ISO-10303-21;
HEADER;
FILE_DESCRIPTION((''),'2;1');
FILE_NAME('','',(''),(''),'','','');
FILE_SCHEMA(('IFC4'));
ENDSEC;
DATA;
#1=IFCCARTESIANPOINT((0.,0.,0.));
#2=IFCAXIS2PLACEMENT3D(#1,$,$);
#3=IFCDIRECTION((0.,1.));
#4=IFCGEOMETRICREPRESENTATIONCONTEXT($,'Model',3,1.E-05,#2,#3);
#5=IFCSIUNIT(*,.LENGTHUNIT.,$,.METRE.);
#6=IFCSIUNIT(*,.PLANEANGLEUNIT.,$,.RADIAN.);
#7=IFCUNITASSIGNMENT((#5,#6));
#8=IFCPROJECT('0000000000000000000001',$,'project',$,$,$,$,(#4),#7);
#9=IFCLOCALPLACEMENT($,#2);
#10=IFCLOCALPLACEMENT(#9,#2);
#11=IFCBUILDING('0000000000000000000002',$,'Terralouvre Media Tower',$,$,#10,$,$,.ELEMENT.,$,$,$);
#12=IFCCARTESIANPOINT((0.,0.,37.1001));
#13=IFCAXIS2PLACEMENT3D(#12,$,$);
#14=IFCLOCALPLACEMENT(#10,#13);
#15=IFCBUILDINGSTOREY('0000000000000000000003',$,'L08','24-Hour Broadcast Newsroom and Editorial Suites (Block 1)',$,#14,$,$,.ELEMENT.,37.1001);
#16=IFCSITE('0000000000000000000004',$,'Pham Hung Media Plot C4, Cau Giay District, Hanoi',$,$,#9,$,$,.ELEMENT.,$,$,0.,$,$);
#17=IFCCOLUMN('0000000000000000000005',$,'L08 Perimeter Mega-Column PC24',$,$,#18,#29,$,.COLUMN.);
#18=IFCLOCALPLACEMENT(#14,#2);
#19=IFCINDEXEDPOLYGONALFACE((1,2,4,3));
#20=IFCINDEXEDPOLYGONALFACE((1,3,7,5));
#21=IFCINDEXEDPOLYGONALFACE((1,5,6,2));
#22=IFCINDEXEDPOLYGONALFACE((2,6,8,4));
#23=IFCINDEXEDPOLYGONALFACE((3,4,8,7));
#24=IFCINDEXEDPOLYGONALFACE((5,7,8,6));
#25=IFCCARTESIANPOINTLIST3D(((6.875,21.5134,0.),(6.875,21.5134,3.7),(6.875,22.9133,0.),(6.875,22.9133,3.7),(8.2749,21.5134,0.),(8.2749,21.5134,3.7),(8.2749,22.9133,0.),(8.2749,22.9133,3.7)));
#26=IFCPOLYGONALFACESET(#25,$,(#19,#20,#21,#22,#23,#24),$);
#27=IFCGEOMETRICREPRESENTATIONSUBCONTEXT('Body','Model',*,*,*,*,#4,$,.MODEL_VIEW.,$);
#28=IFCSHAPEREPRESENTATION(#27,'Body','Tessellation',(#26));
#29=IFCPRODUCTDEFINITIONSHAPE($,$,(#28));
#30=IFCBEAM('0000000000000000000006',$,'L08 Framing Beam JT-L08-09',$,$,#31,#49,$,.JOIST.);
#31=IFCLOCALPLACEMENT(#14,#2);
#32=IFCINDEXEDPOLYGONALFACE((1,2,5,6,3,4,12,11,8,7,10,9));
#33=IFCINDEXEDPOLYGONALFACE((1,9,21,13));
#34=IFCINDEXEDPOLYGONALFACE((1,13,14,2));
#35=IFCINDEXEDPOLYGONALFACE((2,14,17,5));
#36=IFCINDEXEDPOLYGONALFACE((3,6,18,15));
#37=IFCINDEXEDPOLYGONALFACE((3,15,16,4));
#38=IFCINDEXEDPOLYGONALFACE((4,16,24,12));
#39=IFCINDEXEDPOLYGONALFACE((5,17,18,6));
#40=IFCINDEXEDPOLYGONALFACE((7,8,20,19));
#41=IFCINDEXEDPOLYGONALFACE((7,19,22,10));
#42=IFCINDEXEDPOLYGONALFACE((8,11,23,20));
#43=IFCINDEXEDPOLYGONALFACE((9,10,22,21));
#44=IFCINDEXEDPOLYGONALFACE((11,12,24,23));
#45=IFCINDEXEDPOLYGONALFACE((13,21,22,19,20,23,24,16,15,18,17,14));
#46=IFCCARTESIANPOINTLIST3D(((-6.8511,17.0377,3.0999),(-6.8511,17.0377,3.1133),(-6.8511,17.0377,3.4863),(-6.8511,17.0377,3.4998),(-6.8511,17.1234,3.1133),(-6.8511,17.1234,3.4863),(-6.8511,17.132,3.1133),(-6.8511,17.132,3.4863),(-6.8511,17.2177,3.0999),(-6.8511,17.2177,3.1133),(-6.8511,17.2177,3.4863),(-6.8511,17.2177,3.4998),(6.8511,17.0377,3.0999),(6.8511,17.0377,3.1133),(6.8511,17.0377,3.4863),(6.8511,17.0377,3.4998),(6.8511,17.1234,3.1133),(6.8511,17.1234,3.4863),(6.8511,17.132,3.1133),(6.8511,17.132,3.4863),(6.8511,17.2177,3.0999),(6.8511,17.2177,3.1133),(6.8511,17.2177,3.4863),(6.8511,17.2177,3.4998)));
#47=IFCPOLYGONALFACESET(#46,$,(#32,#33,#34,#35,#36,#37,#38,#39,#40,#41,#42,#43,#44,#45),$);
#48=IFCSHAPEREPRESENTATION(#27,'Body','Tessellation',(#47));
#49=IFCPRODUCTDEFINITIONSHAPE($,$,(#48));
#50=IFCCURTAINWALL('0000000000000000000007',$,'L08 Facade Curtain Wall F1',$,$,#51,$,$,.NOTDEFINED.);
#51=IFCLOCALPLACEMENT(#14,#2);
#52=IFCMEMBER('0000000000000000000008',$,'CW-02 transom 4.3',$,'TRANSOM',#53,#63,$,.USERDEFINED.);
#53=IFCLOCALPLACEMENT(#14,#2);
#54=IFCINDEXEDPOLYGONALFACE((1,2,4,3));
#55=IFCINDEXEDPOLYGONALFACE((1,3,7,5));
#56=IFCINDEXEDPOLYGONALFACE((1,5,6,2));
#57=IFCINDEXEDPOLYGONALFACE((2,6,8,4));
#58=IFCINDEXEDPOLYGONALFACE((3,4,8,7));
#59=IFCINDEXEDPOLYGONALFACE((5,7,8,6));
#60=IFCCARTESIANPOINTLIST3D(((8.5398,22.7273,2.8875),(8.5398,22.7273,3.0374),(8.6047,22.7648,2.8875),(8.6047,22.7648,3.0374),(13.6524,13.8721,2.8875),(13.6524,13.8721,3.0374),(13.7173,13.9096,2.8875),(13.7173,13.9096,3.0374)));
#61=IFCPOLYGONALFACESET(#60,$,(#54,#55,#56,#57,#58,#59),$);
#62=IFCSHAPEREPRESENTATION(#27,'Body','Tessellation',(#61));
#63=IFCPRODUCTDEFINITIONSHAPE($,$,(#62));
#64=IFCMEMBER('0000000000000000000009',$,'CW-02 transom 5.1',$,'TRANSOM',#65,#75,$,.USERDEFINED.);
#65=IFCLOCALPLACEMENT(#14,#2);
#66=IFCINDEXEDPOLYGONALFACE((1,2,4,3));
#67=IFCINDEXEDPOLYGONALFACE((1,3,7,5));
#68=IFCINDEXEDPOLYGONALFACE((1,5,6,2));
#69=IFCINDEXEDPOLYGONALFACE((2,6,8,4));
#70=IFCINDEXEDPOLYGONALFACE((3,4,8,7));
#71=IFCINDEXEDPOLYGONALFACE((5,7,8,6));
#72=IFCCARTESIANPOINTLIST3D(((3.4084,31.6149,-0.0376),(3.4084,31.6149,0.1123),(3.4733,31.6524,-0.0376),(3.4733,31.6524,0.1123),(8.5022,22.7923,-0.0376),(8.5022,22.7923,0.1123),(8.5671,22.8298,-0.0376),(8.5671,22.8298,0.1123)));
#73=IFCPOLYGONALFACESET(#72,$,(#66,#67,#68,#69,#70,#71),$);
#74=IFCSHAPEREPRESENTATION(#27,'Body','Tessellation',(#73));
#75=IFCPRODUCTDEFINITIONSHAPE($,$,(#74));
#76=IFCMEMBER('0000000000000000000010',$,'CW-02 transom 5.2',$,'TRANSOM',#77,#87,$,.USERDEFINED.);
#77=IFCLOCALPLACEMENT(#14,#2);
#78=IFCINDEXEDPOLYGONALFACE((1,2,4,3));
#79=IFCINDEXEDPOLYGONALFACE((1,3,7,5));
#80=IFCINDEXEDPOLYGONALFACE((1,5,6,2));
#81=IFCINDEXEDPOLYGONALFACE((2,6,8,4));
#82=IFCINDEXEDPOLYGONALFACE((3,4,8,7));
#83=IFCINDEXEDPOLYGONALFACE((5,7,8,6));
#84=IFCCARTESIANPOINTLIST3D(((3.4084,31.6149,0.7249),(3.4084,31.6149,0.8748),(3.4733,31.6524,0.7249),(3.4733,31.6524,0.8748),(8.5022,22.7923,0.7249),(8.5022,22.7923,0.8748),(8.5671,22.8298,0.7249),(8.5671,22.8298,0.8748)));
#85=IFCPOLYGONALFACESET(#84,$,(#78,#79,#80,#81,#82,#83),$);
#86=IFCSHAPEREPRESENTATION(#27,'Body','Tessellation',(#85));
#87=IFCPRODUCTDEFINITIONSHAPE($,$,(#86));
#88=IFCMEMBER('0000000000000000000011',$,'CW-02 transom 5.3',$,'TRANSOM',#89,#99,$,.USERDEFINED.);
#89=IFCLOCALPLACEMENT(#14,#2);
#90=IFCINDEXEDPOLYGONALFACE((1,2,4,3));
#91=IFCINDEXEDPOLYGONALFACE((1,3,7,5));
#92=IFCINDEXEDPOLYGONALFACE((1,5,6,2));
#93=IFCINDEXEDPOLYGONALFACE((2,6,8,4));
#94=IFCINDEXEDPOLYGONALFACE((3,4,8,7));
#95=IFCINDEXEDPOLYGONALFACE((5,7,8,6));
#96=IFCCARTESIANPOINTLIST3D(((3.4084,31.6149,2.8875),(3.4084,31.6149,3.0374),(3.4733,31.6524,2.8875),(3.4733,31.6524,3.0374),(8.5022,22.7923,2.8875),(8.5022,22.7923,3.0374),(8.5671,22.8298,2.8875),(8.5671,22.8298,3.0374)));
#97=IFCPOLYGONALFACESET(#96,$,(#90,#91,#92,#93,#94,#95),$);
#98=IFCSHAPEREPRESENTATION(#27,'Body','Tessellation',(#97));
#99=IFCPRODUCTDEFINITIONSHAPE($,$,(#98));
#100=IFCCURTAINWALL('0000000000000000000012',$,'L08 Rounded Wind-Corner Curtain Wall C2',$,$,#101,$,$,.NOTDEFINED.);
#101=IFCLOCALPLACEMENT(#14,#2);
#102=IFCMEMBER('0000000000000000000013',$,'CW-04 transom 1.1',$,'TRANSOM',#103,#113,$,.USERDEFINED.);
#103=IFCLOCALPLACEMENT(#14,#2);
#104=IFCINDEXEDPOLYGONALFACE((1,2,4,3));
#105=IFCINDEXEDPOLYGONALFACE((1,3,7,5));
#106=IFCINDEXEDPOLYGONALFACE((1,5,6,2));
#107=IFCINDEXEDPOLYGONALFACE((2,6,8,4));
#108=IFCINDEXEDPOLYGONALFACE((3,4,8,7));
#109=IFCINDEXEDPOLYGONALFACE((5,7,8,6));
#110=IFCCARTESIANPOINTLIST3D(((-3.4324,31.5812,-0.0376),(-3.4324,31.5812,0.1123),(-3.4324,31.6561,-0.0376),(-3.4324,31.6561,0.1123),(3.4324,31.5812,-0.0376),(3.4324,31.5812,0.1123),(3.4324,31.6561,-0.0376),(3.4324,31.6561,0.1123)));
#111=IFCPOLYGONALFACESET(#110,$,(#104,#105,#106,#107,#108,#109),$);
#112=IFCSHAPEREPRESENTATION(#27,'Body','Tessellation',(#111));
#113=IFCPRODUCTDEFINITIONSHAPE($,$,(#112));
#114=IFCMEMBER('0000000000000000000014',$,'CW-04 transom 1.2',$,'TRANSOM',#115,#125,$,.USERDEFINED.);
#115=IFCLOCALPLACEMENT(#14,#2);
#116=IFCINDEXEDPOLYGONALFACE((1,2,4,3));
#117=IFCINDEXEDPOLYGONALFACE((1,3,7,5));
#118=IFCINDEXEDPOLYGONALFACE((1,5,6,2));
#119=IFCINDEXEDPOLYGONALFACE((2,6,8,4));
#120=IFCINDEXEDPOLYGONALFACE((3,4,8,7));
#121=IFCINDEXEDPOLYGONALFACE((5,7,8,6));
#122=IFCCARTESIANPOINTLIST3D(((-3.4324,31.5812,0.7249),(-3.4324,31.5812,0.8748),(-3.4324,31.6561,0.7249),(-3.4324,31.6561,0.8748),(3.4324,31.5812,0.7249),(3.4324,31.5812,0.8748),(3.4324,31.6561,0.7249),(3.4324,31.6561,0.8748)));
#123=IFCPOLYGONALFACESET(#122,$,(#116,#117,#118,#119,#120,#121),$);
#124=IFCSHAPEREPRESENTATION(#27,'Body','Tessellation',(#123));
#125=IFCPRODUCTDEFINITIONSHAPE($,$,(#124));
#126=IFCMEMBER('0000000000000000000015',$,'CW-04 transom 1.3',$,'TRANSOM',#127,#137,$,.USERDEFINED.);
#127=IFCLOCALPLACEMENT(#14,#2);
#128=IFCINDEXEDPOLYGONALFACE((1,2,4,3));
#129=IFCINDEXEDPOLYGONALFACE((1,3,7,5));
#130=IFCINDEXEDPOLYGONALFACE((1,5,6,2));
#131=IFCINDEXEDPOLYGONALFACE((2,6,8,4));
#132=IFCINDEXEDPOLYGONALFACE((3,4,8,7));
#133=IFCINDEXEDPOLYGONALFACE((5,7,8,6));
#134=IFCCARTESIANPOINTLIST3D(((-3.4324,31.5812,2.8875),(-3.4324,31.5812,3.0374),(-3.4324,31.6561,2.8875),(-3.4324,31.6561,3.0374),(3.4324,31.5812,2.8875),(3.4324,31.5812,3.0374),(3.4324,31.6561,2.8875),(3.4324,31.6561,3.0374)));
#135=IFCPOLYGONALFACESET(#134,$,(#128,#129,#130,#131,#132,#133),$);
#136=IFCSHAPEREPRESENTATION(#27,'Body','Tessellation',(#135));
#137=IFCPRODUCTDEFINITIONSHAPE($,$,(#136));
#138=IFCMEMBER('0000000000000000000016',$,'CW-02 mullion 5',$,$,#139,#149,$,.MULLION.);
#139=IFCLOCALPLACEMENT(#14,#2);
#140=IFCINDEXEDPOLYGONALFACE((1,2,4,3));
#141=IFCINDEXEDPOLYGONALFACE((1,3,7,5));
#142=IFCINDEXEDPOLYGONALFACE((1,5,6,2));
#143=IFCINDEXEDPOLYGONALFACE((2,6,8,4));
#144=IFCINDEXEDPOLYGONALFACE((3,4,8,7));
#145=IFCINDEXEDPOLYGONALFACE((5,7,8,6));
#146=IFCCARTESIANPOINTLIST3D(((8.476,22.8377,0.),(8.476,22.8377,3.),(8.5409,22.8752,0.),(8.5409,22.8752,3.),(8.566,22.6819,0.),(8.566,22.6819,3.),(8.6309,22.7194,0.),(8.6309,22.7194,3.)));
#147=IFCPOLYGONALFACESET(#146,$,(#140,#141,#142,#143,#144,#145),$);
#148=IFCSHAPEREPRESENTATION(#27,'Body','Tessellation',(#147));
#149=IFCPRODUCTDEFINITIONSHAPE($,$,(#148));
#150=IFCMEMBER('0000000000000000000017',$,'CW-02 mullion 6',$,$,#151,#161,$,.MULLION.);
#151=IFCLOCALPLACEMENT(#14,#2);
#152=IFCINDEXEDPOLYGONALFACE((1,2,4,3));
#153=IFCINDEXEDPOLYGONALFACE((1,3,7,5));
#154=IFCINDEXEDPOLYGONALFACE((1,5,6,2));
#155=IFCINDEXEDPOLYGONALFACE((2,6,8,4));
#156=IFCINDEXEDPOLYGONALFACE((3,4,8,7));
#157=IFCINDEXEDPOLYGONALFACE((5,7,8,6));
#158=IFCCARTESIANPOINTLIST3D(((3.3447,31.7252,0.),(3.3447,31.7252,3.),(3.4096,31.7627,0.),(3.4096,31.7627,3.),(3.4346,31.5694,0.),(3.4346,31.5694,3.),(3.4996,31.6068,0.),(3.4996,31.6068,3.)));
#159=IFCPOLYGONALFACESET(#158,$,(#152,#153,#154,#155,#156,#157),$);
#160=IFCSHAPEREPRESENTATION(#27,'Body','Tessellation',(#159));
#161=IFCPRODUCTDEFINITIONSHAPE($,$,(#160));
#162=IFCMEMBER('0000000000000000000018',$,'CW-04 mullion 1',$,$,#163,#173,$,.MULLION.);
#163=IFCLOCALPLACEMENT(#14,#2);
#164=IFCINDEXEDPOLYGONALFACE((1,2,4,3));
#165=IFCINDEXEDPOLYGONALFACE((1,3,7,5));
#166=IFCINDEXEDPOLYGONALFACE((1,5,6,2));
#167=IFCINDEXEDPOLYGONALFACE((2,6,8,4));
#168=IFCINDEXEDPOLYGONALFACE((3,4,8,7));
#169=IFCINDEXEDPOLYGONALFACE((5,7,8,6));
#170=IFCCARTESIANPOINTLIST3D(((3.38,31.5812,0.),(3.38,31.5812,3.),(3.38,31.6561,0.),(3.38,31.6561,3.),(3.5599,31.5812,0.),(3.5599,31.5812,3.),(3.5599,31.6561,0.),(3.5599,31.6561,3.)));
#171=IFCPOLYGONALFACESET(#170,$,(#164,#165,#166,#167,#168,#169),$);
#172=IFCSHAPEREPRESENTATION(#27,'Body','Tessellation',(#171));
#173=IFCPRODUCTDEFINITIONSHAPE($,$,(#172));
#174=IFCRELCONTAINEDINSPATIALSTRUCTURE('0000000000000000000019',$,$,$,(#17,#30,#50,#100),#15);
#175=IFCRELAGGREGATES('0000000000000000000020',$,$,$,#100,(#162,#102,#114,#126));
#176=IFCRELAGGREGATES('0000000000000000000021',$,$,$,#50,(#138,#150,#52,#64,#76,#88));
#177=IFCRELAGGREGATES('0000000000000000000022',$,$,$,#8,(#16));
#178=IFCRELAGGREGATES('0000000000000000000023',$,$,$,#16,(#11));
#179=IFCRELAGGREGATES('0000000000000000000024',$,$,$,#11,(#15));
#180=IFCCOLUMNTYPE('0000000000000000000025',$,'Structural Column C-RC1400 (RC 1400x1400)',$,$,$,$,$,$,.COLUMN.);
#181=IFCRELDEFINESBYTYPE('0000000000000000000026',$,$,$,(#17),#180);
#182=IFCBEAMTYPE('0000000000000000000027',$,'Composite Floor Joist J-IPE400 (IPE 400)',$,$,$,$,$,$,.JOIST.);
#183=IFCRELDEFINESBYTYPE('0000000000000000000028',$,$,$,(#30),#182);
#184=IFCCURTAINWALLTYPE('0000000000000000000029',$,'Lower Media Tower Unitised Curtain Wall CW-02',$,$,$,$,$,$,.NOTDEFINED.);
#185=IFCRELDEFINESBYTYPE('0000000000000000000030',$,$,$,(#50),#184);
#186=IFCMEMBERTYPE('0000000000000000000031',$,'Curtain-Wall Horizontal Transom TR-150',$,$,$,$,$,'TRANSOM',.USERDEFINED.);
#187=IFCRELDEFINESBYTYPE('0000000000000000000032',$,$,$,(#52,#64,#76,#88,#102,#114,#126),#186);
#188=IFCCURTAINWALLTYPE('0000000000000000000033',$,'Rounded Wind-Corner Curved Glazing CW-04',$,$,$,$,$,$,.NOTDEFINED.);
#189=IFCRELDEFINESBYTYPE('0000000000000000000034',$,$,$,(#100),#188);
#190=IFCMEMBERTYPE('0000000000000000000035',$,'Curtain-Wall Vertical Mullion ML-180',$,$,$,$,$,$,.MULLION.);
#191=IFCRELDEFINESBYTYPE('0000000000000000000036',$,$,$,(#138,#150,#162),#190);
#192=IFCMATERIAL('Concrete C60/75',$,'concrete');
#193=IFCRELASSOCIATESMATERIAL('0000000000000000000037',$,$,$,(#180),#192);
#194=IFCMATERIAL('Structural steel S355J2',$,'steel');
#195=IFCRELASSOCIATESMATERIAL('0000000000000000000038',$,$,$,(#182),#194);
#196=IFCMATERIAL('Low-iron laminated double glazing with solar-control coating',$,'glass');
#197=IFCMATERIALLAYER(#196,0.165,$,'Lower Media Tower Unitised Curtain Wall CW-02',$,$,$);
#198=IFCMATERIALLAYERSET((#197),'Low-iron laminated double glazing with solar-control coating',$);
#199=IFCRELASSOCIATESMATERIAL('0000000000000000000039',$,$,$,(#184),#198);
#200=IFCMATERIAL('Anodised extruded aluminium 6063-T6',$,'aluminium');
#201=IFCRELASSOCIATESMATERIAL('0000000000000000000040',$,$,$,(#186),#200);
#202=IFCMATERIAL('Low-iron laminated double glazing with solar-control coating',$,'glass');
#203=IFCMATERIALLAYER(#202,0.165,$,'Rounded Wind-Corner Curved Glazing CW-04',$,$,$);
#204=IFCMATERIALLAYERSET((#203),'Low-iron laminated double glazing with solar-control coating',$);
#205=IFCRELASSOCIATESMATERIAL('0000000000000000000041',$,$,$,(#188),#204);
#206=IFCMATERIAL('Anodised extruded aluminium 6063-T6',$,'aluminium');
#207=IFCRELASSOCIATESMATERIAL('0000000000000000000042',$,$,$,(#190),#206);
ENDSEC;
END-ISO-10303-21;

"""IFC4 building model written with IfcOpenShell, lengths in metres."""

from ifc_helpers import new_model, si_unit, direction, frame, origin, origin_2d, place, context, subcontext, project, spatial, rectangle, i_section, extrude, material, layer, layer_set, material_profile, profile_set, type_object, element, aggregate, save


model = new_model("IFC4")

# Units and contexts
model_context = context("Model", 3, precision=1e-05, world=origin(), true_north=direction((0.0, 1.0)))
body_context = subcontext(model_context, "Body", "Model", "MODEL_VIEW")
ifc_project = project(units=[si_unit("LENGTHUNIT", "METRE"), si_unit("PLANEANGLEUNIT", "RADIAN")], contexts=[model_context])

# Site, building, storey
site_placement = place(None, origin())
site = spatial("IfcSite", under=ifc_project, at=site_placement, Name="Pham Hung Media Plot C4, Cau Giay District, Hanoi", CompositionType="ELEMENT", RefElevation=0.0)
building_placement = place(site_placement, origin())
building = spatial("IfcBuilding", under=site, at=building_placement, Name="Terralouvre Media Tower", CompositionType="ELEMENT")
storey_placement = place(building_placement, frame((0.0, 0.0, 37.1001)))
storey = spatial("IfcBuildingStorey", under=building, at=storey_placement, Name="L08", Description="24-Hour Broadcast Newsroom and Editorial Suites (Block 1)", CompositionType="ELEMENT", Elevation=37.1001)

# Column
ifc_material_1 = material(Name="Concrete C60/75", Category="concrete")
ifc_material_profile_1 = material_profile(ifc_material_1, rectangle(XDim=1.3999, YDim=1.3999, at=origin_2d()), Name="RC 1400x1400")
ifc_profile_set_1 = profile_set([ifc_material_profile_1], Name="Concrete C60/75")
column_type = type_object("IfcColumnType", Name="Structural Column C-RC1400 (RC 1400x1400)", PredefinedType="COLUMN", material=ifc_profile_set_1)
column_placement = place(storey_placement, frame((7.575, 22.2134, 0.0), z_axis=(0.0, 0.0, 1.0), x_axis=(1.0, 0.0, 0.0)))
element("IfcColumn", 1, at=column_placement, inside=storey, type_object=column_type, Name="L08 Perimeter Mega-Column PC24", PredefinedType="COLUMN", context=body_context, shape_type="SweptSolid", body=[
    extrude(rectangle(XDim=1.3999, YDim=1.3999, at=origin_2d()), origin(), (0.0, 0.0, 1.0), 3.7),
])

# Beam
ifc_material_2 = material(Name="Structural steel S355J2", Category="steel")
ifc_material_profile_2 = material_profile(ifc_material_2, i_section(OverallWidth=0.1799, OverallDepth=0.3999, WebThickness=0.0085, FlangeThickness=0.0134, at=origin_2d()), Name="IPE 400")
ifc_profile_set_2 = profile_set([ifc_material_profile_2], Name="Structural steel S355J2")
beam_type_1 = type_object("IfcBeamType", Name="Composite Floor Joist J-IPE400 (IPE 400)", PredefinedType="JOIST", material=ifc_profile_set_2)
beam_1_placement = place(storey_placement, frame((6.8511, 17.1277, 3.2998), z_axis=(-1.0, 0.0, 0.0), x_axis=(0.0, -1.0, 0.0)))
element("IfcBeam", 2, at=beam_1_placement, inside=storey, type_object=beam_type_1, Name="L08 Framing Beam JT-L08-09", PredefinedType="JOIST", context=body_context, shape_type="SweptSolid", body=[
    extrude(i_section(OverallWidth=0.1799, OverallDepth=0.3999, WebThickness=0.0085, FlangeThickness=0.0134, at=origin_2d()), origin(), (0.0, 0.0, 1.0), 13.7021),
])

# Curtain walls, members
ifc_material_3 = material(Name="Low-iron laminated double glazing with solar-control coating", Category="glass")
ifc_layer_1 = layer(ifc_material_3, 0.165, Name="Lower Media Tower Unitised Curtain Wall CW-02")
ifc_layer_set_1 = layer_set([ifc_layer_1], Name="Low-iron laminated double glazing with solar-control coating")
curtain_wall_type_1 = type_object("IfcCurtainWallType", Name="Lower Media Tower Unitised Curtain Wall CW-02", PredefinedType="NOTDEFINED", material=ifc_layer_set_1)
curtain_wall_1_placement = place(storey_placement, origin())
curtain_wall_1 = element("IfcCurtainWall", 3, at=curtain_wall_1_placement, inside=storey, type_object=curtain_wall_type_1, Name="L08 Facade Curtain Wall F1", PredefinedType="NOTDEFINED")
ifc_material_4 = material(Name="Anodised extruded aluminium 6063-T6", Category="aluminium")
ifc_material_profile_3 = material_profile(ifc_material_4, rectangle(XDim=0.075, YDim=0.1499, at=origin_2d()), Name="ALU 75x150")
ifc_profile_set_3 = profile_set([ifc_material_profile_3], Name="Anodised extruded aluminium 6063-T6")
member_type_1 = type_object("IfcMemberType", Name="Curtain-Wall Horizontal Transom TR-150", ElementType="TRANSOM", PredefinedType="USERDEFINED", material=ifc_profile_set_3)
member_1_placement = place(storey_placement, frame((13.6848, 13.8909, 2.9624), z_axis=(-0.499999, 0.866026, 0.0), x_axis=(-0.866026, -0.499999, 0.0)))
member_1 = element("IfcMember", 4, at=member_1_placement, type_object=member_type_1, Name="CW-02 transom 4.3", ObjectType="TRANSOM", PredefinedType="USERDEFINED", context=body_context, shape_type="SweptSolid", body=[
    extrude(rectangle(XDim=0.075, YDim=0.1499, at=origin_2d()), origin(), (0.0, 0.0, 1.0), 10.2251),
])
member_2_placement = place(storey_placement, frame((8.5347, 22.811, 0.0374), z_axis=(-0.500005, 0.866022, 0.0), x_axis=(-0.866022, -0.500005, 0.0)))
member_2 = element("IfcMember", 5, at=member_2_placement, type_object=member_type_1, Name="CW-02 transom 5.1", ObjectType="TRANSOM", PredefinedType="USERDEFINED", context=body_context, shape_type="SweptSolid", body=[
    extrude(rectangle(XDim=0.075, YDim=0.1499, at=origin_2d()), origin(), (0.0, 0.0, 1.0), 10.1875),
])
member_3_placement = place(storey_placement, frame((8.5347, 22.811, 0.7998), z_axis=(-0.500005, 0.866022, 0.0), x_axis=(-0.866022, -0.500005, 0.0)))
member_3 = element("IfcMember", 6, at=member_3_placement, type_object=member_type_1, Name="CW-02 transom 5.2", ObjectType="TRANSOM", PredefinedType="USERDEFINED", context=body_context, shape_type="SweptSolid", body=[
    extrude(rectangle(XDim=0.075, YDim=0.1499, at=origin_2d()), origin(), (0.0, 0.0, 1.0), 10.1875),
])
member_4_placement = place(storey_placement, frame((8.5347, 22.811, 2.9624), z_axis=(-0.500005, 0.866022, 0.0), x_axis=(-0.866022, -0.500005, 0.0)))
member_4 = element("IfcMember", 7, at=member_4_placement, type_object=member_type_1, Name="CW-02 transom 5.3", ObjectType="TRANSOM", PredefinedType="USERDEFINED", context=body_context, shape_type="SweptSolid", body=[
    extrude(rectangle(XDim=0.075, YDim=0.1499, at=origin_2d()), origin(), (0.0, 0.0, 1.0), 10.1875),
])
ifc_material_5 = material(Name="Low-iron laminated double glazing with solar-control coating", Category="glass")
ifc_layer_2 = layer(ifc_material_5, 0.165, Name="Rounded Wind-Corner Curved Glazing CW-04")
ifc_layer_set_2 = layer_set([ifc_layer_2], Name="Low-iron laminated double glazing with solar-control coating")
curtain_wall_type_2 = type_object("IfcCurtainWallType", Name="Rounded Wind-Corner Curved Glazing CW-04", PredefinedType="NOTDEFINED", material=ifc_layer_set_2)
curtain_wall_2_placement = place(storey_placement, origin())
curtain_wall_2 = element("IfcCurtainWall", 8, at=curtain_wall_2_placement, inside=storey, type_object=curtain_wall_type_2, Name="L08 Rounded Wind-Corner Curtain Wall C2", PredefinedType="NOTDEFINED")
member_5_placement = place(storey_placement, frame((3.4324, 31.6187, 0.0374), z_axis=(-1.0, 0.0, 0.0), x_axis=(0.0, -1.0, 0.0)))
member_5 = element("IfcMember", 9, at=member_5_placement, type_object=member_type_1, Name="CW-04 transom 1.1", ObjectType="TRANSOM", PredefinedType="USERDEFINED", context=body_context, shape_type="SweptSolid", body=[
    extrude(rectangle(XDim=0.075, YDim=0.1499, at=origin_2d()), origin(), (0.0, 0.0, 1.0), 6.8647),
])
member_6_placement = place(storey_placement, frame((3.4324, 31.6187, 0.7998), z_axis=(-1.0, 0.0, 0.0), x_axis=(0.0, -1.0, 0.0)))
member_6 = element("IfcMember", 10, at=member_6_placement, type_object=member_type_1, Name="CW-04 transom 1.2", ObjectType="TRANSOM", PredefinedType="USERDEFINED", context=body_context, shape_type="SweptSolid", body=[
    extrude(rectangle(XDim=0.075, YDim=0.1499, at=origin_2d()), origin(), (0.0, 0.0, 1.0), 6.8647),
])
member_7_placement = place(storey_placement, frame((3.4324, 31.6187, 2.9624), z_axis=(-1.0, 0.0, 0.0), x_axis=(0.0, -1.0, 0.0)))
member_7 = element("IfcMember", 11, at=member_7_placement, type_object=member_type_1, Name="CW-04 transom 1.3", ObjectType="TRANSOM", PredefinedType="USERDEFINED", context=body_context, shape_type="SweptSolid", body=[
    extrude(rectangle(XDim=0.075, YDim=0.1499, at=origin_2d()), origin(), (0.0, 0.0, 1.0), 6.8647),
])

# Members
ifc_material_6 = material(Name="Anodised extruded aluminium 6063-T6", Category="aluminium")
ifc_material_profile_4 = material_profile(ifc_material_6, rectangle(XDim=0.075, YDim=0.1799, at=origin_2d()), Name="ALU 75x180")
ifc_profile_set_4 = profile_set([ifc_material_profile_4], Name="Anodised extruded aluminium 6063-T6")
member_type_2 = type_object("IfcMemberType", Name="Curtain-Wall Vertical Mullion ML-180", PredefinedType="MULLION", material=ifc_profile_set_4)
member_8_placement = place(storey_placement, frame((8.5535, 22.7786, 0.0), z_axis=(0.0, 0.0, 1.0), x_axis=(-0.866025, -0.5, 0.0)))
member_8 = element("IfcMember", 12, at=member_8_placement, type_object=member_type_2, Name="CW-02 mullion 5", PredefinedType="MULLION", context=body_context, shape_type="SweptSolid", body=[
    extrude(rectangle(XDim=0.075, YDim=0.1799, at=origin_2d()), origin(), (0.0, 0.0, 1.0), 3.0),
])
member_9_placement = place(storey_placement, frame((3.4221, 31.666, 0.0), z_axis=(0.0, 0.0, 1.0), x_axis=(-0.866025, -0.5, 0.0)))
member_9 = element("IfcMember", 13, at=member_9_placement, type_object=member_type_2, Name="CW-02 mullion 6", PredefinedType="MULLION", context=body_context, shape_type="SweptSolid", body=[
    extrude(rectangle(XDim=0.075, YDim=0.1799, at=origin_2d()), origin(), (0.0, 0.0, 1.0), 3.0),
])
member_10_placement = place(storey_placement, frame((3.47, 31.6187, 0.0), z_axis=(0.0, 0.0, 1.0), x_axis=(0.0, -1.0, 0.0)))
member_10 = element("IfcMember", 14, at=member_10_placement, type_object=member_type_2, Name="CW-04 mullion 1", PredefinedType="MULLION", context=body_context, shape_type="SweptSolid", body=[
    extrude(rectangle(XDim=0.075, YDim=0.1799, at=origin_2d()), origin(), (0.0, 0.0, 1.0), 3.0),
])
aggregate(curtain_wall_2, [member_10, member_5, member_6, member_7])

aggregate(curtain_wall_1, [member_8, member_9, member_1, member_2, member_3, member_4])

save(model, "model.ifc")
